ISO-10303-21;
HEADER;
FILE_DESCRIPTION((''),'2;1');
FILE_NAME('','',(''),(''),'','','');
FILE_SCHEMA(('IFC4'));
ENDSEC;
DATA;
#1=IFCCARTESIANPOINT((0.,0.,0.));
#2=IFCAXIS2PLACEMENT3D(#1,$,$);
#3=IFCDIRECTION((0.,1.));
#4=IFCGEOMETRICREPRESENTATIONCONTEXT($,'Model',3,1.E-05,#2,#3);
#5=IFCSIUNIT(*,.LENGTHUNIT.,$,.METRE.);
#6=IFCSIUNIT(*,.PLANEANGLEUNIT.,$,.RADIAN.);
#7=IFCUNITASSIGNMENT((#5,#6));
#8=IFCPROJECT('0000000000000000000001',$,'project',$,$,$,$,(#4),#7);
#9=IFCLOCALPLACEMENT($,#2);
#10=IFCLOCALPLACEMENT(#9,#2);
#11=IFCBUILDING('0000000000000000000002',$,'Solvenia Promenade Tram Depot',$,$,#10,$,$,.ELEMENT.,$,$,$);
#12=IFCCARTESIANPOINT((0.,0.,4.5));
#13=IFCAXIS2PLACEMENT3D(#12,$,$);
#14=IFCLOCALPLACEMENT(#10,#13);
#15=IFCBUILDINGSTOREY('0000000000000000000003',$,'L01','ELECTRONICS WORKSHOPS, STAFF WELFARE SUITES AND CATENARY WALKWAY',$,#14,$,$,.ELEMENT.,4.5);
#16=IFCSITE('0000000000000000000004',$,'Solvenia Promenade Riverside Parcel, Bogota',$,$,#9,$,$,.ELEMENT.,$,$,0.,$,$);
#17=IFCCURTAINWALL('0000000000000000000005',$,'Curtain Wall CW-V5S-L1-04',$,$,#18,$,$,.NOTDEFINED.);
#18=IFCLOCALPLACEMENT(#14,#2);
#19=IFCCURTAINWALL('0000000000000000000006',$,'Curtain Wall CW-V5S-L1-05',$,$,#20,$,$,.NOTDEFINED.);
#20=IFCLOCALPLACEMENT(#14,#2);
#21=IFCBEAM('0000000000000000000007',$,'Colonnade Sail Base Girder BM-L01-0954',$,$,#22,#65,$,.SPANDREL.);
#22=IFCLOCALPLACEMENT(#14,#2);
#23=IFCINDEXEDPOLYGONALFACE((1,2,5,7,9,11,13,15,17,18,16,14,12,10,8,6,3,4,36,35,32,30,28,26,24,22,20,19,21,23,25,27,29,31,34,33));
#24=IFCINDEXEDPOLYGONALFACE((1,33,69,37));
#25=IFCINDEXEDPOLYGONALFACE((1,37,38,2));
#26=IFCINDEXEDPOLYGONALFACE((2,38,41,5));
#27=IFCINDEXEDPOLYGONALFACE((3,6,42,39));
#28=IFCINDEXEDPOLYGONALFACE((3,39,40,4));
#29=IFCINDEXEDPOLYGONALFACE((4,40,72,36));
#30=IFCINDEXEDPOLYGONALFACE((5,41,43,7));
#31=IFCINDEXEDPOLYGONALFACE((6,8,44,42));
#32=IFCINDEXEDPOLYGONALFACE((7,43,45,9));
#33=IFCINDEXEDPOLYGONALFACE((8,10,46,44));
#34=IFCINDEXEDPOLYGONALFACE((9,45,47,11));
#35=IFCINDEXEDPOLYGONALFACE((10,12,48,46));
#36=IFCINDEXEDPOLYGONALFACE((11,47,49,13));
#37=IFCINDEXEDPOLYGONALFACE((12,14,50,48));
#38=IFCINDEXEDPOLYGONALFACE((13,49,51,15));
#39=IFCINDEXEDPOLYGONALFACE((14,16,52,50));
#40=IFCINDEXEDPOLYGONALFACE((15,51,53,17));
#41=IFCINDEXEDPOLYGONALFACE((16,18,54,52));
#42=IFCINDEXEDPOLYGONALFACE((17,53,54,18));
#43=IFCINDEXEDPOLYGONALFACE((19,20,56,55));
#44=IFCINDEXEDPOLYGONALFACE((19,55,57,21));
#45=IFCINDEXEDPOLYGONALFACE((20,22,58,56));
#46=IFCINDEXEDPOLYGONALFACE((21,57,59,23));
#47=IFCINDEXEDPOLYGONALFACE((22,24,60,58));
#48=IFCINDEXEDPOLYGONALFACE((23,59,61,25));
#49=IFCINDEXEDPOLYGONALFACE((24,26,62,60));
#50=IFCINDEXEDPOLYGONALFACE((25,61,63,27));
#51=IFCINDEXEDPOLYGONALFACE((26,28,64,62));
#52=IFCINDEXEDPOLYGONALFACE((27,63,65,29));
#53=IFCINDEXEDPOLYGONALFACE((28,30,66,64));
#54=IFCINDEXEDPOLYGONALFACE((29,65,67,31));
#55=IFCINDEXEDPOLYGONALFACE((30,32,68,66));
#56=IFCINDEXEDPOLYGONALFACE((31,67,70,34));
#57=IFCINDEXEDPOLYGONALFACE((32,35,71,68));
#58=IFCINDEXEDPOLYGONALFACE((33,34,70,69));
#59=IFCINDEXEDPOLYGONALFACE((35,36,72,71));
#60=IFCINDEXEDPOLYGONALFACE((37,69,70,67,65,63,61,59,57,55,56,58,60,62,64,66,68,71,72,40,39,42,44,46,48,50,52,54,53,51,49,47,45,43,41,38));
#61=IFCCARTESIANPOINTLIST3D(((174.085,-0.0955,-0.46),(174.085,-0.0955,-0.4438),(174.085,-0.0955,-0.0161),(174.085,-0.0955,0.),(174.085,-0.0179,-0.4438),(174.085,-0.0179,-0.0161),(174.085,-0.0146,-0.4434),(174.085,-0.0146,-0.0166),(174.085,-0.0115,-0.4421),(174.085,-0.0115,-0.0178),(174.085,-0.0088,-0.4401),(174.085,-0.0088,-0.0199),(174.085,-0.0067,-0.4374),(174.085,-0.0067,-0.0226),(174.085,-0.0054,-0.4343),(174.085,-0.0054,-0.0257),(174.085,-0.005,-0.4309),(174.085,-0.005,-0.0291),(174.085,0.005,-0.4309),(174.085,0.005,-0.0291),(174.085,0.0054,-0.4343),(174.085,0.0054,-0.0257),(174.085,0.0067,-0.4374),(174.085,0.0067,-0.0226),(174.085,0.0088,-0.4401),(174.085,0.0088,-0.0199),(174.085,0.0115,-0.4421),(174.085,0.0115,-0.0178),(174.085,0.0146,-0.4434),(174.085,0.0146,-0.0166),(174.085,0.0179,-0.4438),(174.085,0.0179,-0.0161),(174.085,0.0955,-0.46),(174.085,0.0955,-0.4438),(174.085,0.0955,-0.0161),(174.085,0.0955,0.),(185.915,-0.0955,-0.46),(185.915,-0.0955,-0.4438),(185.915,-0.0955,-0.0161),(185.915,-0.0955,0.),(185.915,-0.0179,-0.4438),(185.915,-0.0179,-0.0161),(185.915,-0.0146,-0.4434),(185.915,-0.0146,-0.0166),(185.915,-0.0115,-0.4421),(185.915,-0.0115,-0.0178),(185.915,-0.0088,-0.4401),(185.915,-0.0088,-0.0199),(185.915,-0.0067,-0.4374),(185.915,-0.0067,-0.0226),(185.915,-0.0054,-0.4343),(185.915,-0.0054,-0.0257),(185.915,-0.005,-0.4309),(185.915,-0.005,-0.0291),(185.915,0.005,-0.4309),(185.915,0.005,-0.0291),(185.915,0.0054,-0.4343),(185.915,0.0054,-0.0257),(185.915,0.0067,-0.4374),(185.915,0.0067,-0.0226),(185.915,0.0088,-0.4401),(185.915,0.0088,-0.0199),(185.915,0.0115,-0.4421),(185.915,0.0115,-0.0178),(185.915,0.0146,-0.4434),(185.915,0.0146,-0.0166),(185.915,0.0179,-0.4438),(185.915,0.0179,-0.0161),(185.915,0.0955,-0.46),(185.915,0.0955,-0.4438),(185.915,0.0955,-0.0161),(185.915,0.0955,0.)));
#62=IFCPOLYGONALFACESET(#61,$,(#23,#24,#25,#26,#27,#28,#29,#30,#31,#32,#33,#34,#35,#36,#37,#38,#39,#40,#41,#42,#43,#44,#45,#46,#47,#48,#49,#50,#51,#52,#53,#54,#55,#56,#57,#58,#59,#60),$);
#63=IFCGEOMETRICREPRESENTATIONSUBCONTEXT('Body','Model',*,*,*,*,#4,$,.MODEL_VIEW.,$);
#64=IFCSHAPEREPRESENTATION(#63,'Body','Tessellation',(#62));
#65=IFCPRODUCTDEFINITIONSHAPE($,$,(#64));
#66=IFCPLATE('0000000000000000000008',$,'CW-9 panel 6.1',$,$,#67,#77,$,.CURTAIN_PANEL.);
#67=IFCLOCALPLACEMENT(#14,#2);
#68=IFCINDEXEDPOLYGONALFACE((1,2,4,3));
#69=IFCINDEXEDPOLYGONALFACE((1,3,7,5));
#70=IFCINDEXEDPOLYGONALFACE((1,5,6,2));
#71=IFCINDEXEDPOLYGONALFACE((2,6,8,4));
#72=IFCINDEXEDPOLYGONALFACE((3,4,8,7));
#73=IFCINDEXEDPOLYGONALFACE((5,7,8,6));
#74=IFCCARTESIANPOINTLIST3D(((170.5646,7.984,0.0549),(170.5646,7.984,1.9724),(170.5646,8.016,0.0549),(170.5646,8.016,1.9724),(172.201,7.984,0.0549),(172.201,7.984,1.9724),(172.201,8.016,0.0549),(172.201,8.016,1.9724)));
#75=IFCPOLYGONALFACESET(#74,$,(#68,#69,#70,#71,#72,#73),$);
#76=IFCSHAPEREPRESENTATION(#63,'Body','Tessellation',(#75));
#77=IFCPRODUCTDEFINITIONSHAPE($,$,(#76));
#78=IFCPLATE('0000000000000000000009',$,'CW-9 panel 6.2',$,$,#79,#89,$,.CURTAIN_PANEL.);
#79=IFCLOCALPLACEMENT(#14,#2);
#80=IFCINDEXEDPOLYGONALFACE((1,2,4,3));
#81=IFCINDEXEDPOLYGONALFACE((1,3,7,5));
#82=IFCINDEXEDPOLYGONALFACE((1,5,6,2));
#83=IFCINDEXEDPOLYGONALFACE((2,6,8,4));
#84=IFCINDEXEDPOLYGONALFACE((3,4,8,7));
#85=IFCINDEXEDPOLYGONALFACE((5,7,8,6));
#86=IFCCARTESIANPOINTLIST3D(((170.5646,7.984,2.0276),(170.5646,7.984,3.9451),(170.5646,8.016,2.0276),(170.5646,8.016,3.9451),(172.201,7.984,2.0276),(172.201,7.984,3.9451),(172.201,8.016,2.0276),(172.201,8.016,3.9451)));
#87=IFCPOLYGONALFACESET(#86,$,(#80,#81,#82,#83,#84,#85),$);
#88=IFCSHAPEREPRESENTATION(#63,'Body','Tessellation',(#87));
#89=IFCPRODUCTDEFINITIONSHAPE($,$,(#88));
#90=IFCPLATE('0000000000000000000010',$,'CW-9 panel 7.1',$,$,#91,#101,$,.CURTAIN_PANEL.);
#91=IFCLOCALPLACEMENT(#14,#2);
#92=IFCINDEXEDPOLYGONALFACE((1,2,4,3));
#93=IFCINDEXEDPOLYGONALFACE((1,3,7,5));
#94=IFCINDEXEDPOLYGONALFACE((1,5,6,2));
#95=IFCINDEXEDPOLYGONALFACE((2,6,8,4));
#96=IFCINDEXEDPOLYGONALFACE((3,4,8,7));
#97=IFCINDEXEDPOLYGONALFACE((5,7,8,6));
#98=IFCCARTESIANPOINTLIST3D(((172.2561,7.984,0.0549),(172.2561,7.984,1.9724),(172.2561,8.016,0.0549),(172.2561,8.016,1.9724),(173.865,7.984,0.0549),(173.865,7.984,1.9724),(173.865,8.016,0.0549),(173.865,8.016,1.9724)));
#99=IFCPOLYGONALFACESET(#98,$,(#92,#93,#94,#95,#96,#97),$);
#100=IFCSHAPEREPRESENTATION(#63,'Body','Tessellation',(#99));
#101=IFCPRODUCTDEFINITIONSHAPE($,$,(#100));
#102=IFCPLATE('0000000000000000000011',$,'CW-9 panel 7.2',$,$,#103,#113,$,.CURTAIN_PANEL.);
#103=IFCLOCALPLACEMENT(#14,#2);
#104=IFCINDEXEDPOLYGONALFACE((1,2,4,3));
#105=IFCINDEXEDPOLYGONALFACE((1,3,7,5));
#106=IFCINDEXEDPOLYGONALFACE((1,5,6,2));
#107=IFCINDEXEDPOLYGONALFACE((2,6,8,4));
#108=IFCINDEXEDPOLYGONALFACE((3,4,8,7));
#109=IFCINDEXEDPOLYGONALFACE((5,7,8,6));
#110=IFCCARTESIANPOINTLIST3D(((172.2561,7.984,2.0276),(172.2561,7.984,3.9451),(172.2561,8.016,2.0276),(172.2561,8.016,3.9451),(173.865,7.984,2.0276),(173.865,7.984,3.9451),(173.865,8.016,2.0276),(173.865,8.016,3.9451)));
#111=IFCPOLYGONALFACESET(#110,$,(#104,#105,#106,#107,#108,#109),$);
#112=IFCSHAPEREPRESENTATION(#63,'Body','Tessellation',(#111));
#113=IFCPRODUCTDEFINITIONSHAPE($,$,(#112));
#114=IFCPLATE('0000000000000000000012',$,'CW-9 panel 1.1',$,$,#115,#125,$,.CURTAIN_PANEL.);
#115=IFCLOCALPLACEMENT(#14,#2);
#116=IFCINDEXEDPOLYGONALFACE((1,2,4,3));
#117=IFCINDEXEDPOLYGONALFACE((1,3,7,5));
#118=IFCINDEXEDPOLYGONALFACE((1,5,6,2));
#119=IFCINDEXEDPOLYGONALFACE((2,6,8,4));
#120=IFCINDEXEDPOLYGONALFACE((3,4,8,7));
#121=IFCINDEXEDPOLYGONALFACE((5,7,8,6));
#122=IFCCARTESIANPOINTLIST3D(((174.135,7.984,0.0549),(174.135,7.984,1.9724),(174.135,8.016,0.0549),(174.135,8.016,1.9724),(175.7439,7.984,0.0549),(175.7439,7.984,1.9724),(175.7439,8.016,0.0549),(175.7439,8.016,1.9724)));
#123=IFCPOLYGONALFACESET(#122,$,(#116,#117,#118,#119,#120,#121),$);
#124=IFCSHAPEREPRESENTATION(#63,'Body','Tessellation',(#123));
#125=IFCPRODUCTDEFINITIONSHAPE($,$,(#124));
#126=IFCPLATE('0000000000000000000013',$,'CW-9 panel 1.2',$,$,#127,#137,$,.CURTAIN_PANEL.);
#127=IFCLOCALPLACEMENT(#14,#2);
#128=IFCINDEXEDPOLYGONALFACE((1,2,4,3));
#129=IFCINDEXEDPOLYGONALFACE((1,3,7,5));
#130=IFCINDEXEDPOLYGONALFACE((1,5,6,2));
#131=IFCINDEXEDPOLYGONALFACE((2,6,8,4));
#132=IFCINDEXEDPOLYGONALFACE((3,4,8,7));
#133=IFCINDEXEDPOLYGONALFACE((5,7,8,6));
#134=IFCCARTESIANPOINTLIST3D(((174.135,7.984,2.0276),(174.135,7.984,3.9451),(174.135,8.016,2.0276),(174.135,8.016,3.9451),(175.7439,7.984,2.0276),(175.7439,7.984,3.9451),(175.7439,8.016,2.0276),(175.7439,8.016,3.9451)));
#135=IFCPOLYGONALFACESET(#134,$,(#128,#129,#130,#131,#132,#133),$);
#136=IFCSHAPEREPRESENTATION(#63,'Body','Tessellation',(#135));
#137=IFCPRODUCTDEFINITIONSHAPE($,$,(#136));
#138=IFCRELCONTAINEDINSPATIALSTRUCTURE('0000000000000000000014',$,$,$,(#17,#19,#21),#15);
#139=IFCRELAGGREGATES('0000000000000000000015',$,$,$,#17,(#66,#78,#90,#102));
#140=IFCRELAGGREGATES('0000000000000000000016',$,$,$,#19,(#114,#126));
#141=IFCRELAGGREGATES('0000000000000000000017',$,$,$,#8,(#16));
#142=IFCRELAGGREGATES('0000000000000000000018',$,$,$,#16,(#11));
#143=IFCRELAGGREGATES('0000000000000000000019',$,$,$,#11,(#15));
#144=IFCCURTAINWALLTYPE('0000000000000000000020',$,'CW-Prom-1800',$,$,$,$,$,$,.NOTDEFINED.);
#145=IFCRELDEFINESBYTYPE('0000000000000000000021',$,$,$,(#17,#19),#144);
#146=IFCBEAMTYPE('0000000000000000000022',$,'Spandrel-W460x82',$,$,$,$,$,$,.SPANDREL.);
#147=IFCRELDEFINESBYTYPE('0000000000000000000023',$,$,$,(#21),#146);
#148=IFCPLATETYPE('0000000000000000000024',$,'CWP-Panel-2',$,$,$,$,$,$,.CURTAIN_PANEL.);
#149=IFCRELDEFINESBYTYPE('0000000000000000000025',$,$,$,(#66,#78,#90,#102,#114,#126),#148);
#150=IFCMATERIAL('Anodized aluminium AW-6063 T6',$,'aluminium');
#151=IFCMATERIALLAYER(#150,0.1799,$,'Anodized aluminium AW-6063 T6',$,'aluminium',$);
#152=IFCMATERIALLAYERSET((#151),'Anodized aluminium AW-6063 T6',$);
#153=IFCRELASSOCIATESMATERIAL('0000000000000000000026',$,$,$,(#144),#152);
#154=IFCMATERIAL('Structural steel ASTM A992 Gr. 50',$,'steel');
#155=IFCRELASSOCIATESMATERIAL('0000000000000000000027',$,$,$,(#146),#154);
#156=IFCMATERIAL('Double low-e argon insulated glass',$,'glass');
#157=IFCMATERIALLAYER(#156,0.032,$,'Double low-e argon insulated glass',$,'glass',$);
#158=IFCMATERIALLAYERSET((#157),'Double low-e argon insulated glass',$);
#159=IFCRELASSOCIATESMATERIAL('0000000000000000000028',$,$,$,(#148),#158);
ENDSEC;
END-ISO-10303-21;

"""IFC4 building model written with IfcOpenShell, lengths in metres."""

from ifc_helpers import new_model, si_unit, direction, frame, origin, origin_2d, place, context, subcontext, project, spatial, rectangle, i_section, extrude, material, layer, layer_set, material_profile, profile_set, type_object, element, aggregate, save


model = new_model("IFC4")

# Units and contexts
model_context = context("Model", 3, precision=1e-05, world=origin(), true_north=direction((0.0, 1.0)))
body_context = subcontext(model_context, "Body", "Model", "MODEL_VIEW")
ifc_project = project(units=[si_unit("LENGTHUNIT", "METRE"), si_unit("PLANEANGLEUNIT", "RADIAN")], contexts=[model_context])

# Site, building, storey
site_placement = place(None, origin())
site = spatial("IfcSite", under=ifc_project, at=site_placement, Name="Solvenia Promenade Riverside Parcel, Bogota", CompositionType="ELEMENT", RefElevation=0.0)
building_placement = place(site_placement, origin())
building = spatial("IfcBuilding", under=site, at=building_placement, Name="Solvenia Promenade Tram Depot", CompositionType="ELEMENT")
storey_placement = place(building_placement, frame((0.0, 0.0, 4.5)))
storey = spatial("IfcBuildingStorey", under=building, at=storey_placement, Name="L01", Description="ELECTRONICS WORKSHOPS, STAFF WELFARE SUITES AND CATENARY WALKWAY", CompositionType="ELEMENT", Elevation=4.5)

# Shared definitions
ifc_material_1 = material(Name="Structural steel ASTM A992 Gr. 50", Category="steel")

# Curtain wall
ifc_material_2 = material(Name="Anodized aluminium AW-6063 T6", Category="aluminium")
ifc_layer_1 = layer(ifc_material_2, 0.1799, Name="Anodized aluminium AW-6063 T6", Category="aluminium")
ifc_layer_set_1 = layer_set([ifc_layer_1], Name="Anodized aluminium AW-6063 T6")
curtain_wall_type = type_object("IfcCurtainWallType", Name="CW-Prom-1800", PredefinedType="NOTDEFINED", material=ifc_layer_set_1)
curtain_wall_1_placement = place(storey_placement, origin())
curtain_wall_1 = element("IfcCurtainWall", 1, at=curtain_wall_1_placement, inside=storey, type_object=curtain_wall_type, Name="Curtain Wall CW-V5S-L1-04", PredefinedType="NOTDEFINED")

# Curtain wall
curtain_wall_2_placement = place(storey_placement, origin())
curtain_wall_2 = element("IfcCurtainWall", 2, at=curtain_wall_2_placement, inside=storey, type_object=curtain_wall_type, Name="Curtain Wall CW-V5S-L1-05", PredefinedType="NOTDEFINED")

# Beam
ifc_material_profile_1 = material_profile(ifc_material_1, i_section(OverallWidth=0.1909, OverallDepth=0.46, WebThickness=0.01, FlangeThickness=0.0161, FilletRadius=0.0129, at=origin_2d()), Name="W460x82", Category="steel")
ifc_profile_set_1 = profile_set([ifc_material_profile_1], Name="Structural steel ASTM A992 Gr. 50")
beam_type_1 = type_object("IfcBeamType", Name="Spandrel-W460x82", PredefinedType="SPANDREL", material=ifc_profile_set_1)
for number, where, z_axis, x_axis, name in (
    (3, (174.085, 0.0, -0.23), (1.0, 0.0, 0.0), (0.0, 1.0, 0.0), "Colonnade Sail Base Girder BM-L01-0954"),
):
    element("IfcBeam", number, at=place(storey_placement, frame(where, z_axis=z_axis, x_axis=x_axis)), inside=storey, type_object=beam_type_1, Name=name, PredefinedType="SPANDREL", context=body_context, shape_type="SweptSolid", body=[
        extrude(i_section(OverallWidth=0.1909, OverallDepth=0.46, WebThickness=0.01, FlangeThickness=0.0161, FilletRadius=0.0129, at=origin_2d()), origin(), (0.0, 0.0, 1.0), 11.8301),
    ])

# Plates
ifc_material_3 = material(Name="Double low-e argon insulated glass", Category="glass")
ifc_layer_2 = layer(ifc_material_3, 0.032, Name="Double low-e argon insulated glass", Category="glass")
ifc_layer_set_2 = layer_set([ifc_layer_2], Name="Double low-e argon insulated glass")
plate_type = type_object("IfcPlateType", Name="CWP-Panel-2", PredefinedType="CURTAIN_PANEL", material=ifc_layer_set_2)
plate_1_placement = place(storey_placement, frame((171.3828, 8.0, 0.0549), z_axis=(0.0, 0.0, 1.0), x_axis=(1.0, 0.0, 0.0)))
plate_1 = element("IfcPlate", 4, at=plate_1_placement, type_object=plate_type, Name="CW-9 panel 6.1", PredefinedType="CURTAIN_PANEL", context=body_context, shape_type="SweptSolid", body=[
    extrude(rectangle(XDim=1.6365, YDim=0.032, at=origin_2d()), origin(), (0.0, 0.0, 1.0), 1.9175),
])
plate_2_placement = place(storey_placement, frame((171.3828, 8.0, 2.0276), z_axis=(0.0, 0.0, 1.0), x_axis=(1.0, 0.0, 0.0)))
plate_2 = element("IfcPlate", 5, at=plate_2_placement, type_object=plate_type, Name="CW-9 panel 6.2", PredefinedType="CURTAIN_PANEL", context=body_context, shape_type="SweptSolid", body=[
    extrude(rectangle(XDim=1.6365, YDim=0.032, at=origin_2d()), origin(), (0.0, 0.0, 1.0), 1.9175),
])
plate_3_placement = place(storey_placement, frame((173.0605, 8.0, 0.0549), z_axis=(0.0, 0.0, 1.0), x_axis=(1.0, 0.0, 0.0)))
plate_3 = element("IfcPlate", 6, at=plate_3_placement, type_object=plate_type, Name="CW-9 panel 7.1", PredefinedType="CURTAIN_PANEL", context=body_context, shape_type="SweptSolid", body=[
    extrude(rectangle(XDim=1.6089, YDim=0.032, at=origin_2d()), origin(), (0.0, 0.0, 1.0), 1.9175),
])
plate_4_placement = place(storey_placement, frame((173.0605, 8.0, 2.0276), z_axis=(0.0, 0.0, 1.0), x_axis=(1.0, 0.0, 0.0)))
plate_4 = element("IfcPlate", 7, at=plate_4_placement, type_object=plate_type, Name="CW-9 panel 7.2", PredefinedType="CURTAIN_PANEL", context=body_context, shape_type="SweptSolid", body=[
    extrude(rectangle(XDim=1.6089, YDim=0.032, at=origin_2d()), origin(), (0.0, 0.0, 1.0), 1.9175),
])
aggregate(curtain_wall_1, [plate_1, plate_2, plate_3, plate_4])
plate_5_placement = place(storey_placement, frame((174.9395, 8.0, 0.0549), z_axis=(0.0, 0.0, 1.0), x_axis=(1.0, 0.0, 0.0)))
plate_5 = element("IfcPlate", 8, at=plate_5_placement, type_object=plate_type, Name="CW-9 panel 1.1", PredefinedType="CURTAIN_PANEL", context=body_context, shape_type="SweptSolid", body=[
    extrude(rectangle(XDim=1.6089, YDim=0.032, at=origin_2d()), origin(), (0.0, 0.0, 1.0), 1.9175),
])
plate_6_placement = place(storey_placement, frame((174.9395, 8.0, 2.0276), z_axis=(0.0, 0.0, 1.0), x_axis=(1.0, 0.0, 0.0)))
plate_6 = element("IfcPlate", 9, at=plate_6_placement, type_object=plate_type, Name="CW-9 panel 1.2", PredefinedType="CURTAIN_PANEL", context=body_context, shape_type="SweptSolid", body=[
    extrude(rectangle(XDim=1.6089, YDim=0.032, at=origin_2d()), origin(), (0.0, 0.0, 1.0), 1.9175),
])
aggregate(curtain_wall_2, [plate_5, plate_6])

save(model, "model.ifc")
